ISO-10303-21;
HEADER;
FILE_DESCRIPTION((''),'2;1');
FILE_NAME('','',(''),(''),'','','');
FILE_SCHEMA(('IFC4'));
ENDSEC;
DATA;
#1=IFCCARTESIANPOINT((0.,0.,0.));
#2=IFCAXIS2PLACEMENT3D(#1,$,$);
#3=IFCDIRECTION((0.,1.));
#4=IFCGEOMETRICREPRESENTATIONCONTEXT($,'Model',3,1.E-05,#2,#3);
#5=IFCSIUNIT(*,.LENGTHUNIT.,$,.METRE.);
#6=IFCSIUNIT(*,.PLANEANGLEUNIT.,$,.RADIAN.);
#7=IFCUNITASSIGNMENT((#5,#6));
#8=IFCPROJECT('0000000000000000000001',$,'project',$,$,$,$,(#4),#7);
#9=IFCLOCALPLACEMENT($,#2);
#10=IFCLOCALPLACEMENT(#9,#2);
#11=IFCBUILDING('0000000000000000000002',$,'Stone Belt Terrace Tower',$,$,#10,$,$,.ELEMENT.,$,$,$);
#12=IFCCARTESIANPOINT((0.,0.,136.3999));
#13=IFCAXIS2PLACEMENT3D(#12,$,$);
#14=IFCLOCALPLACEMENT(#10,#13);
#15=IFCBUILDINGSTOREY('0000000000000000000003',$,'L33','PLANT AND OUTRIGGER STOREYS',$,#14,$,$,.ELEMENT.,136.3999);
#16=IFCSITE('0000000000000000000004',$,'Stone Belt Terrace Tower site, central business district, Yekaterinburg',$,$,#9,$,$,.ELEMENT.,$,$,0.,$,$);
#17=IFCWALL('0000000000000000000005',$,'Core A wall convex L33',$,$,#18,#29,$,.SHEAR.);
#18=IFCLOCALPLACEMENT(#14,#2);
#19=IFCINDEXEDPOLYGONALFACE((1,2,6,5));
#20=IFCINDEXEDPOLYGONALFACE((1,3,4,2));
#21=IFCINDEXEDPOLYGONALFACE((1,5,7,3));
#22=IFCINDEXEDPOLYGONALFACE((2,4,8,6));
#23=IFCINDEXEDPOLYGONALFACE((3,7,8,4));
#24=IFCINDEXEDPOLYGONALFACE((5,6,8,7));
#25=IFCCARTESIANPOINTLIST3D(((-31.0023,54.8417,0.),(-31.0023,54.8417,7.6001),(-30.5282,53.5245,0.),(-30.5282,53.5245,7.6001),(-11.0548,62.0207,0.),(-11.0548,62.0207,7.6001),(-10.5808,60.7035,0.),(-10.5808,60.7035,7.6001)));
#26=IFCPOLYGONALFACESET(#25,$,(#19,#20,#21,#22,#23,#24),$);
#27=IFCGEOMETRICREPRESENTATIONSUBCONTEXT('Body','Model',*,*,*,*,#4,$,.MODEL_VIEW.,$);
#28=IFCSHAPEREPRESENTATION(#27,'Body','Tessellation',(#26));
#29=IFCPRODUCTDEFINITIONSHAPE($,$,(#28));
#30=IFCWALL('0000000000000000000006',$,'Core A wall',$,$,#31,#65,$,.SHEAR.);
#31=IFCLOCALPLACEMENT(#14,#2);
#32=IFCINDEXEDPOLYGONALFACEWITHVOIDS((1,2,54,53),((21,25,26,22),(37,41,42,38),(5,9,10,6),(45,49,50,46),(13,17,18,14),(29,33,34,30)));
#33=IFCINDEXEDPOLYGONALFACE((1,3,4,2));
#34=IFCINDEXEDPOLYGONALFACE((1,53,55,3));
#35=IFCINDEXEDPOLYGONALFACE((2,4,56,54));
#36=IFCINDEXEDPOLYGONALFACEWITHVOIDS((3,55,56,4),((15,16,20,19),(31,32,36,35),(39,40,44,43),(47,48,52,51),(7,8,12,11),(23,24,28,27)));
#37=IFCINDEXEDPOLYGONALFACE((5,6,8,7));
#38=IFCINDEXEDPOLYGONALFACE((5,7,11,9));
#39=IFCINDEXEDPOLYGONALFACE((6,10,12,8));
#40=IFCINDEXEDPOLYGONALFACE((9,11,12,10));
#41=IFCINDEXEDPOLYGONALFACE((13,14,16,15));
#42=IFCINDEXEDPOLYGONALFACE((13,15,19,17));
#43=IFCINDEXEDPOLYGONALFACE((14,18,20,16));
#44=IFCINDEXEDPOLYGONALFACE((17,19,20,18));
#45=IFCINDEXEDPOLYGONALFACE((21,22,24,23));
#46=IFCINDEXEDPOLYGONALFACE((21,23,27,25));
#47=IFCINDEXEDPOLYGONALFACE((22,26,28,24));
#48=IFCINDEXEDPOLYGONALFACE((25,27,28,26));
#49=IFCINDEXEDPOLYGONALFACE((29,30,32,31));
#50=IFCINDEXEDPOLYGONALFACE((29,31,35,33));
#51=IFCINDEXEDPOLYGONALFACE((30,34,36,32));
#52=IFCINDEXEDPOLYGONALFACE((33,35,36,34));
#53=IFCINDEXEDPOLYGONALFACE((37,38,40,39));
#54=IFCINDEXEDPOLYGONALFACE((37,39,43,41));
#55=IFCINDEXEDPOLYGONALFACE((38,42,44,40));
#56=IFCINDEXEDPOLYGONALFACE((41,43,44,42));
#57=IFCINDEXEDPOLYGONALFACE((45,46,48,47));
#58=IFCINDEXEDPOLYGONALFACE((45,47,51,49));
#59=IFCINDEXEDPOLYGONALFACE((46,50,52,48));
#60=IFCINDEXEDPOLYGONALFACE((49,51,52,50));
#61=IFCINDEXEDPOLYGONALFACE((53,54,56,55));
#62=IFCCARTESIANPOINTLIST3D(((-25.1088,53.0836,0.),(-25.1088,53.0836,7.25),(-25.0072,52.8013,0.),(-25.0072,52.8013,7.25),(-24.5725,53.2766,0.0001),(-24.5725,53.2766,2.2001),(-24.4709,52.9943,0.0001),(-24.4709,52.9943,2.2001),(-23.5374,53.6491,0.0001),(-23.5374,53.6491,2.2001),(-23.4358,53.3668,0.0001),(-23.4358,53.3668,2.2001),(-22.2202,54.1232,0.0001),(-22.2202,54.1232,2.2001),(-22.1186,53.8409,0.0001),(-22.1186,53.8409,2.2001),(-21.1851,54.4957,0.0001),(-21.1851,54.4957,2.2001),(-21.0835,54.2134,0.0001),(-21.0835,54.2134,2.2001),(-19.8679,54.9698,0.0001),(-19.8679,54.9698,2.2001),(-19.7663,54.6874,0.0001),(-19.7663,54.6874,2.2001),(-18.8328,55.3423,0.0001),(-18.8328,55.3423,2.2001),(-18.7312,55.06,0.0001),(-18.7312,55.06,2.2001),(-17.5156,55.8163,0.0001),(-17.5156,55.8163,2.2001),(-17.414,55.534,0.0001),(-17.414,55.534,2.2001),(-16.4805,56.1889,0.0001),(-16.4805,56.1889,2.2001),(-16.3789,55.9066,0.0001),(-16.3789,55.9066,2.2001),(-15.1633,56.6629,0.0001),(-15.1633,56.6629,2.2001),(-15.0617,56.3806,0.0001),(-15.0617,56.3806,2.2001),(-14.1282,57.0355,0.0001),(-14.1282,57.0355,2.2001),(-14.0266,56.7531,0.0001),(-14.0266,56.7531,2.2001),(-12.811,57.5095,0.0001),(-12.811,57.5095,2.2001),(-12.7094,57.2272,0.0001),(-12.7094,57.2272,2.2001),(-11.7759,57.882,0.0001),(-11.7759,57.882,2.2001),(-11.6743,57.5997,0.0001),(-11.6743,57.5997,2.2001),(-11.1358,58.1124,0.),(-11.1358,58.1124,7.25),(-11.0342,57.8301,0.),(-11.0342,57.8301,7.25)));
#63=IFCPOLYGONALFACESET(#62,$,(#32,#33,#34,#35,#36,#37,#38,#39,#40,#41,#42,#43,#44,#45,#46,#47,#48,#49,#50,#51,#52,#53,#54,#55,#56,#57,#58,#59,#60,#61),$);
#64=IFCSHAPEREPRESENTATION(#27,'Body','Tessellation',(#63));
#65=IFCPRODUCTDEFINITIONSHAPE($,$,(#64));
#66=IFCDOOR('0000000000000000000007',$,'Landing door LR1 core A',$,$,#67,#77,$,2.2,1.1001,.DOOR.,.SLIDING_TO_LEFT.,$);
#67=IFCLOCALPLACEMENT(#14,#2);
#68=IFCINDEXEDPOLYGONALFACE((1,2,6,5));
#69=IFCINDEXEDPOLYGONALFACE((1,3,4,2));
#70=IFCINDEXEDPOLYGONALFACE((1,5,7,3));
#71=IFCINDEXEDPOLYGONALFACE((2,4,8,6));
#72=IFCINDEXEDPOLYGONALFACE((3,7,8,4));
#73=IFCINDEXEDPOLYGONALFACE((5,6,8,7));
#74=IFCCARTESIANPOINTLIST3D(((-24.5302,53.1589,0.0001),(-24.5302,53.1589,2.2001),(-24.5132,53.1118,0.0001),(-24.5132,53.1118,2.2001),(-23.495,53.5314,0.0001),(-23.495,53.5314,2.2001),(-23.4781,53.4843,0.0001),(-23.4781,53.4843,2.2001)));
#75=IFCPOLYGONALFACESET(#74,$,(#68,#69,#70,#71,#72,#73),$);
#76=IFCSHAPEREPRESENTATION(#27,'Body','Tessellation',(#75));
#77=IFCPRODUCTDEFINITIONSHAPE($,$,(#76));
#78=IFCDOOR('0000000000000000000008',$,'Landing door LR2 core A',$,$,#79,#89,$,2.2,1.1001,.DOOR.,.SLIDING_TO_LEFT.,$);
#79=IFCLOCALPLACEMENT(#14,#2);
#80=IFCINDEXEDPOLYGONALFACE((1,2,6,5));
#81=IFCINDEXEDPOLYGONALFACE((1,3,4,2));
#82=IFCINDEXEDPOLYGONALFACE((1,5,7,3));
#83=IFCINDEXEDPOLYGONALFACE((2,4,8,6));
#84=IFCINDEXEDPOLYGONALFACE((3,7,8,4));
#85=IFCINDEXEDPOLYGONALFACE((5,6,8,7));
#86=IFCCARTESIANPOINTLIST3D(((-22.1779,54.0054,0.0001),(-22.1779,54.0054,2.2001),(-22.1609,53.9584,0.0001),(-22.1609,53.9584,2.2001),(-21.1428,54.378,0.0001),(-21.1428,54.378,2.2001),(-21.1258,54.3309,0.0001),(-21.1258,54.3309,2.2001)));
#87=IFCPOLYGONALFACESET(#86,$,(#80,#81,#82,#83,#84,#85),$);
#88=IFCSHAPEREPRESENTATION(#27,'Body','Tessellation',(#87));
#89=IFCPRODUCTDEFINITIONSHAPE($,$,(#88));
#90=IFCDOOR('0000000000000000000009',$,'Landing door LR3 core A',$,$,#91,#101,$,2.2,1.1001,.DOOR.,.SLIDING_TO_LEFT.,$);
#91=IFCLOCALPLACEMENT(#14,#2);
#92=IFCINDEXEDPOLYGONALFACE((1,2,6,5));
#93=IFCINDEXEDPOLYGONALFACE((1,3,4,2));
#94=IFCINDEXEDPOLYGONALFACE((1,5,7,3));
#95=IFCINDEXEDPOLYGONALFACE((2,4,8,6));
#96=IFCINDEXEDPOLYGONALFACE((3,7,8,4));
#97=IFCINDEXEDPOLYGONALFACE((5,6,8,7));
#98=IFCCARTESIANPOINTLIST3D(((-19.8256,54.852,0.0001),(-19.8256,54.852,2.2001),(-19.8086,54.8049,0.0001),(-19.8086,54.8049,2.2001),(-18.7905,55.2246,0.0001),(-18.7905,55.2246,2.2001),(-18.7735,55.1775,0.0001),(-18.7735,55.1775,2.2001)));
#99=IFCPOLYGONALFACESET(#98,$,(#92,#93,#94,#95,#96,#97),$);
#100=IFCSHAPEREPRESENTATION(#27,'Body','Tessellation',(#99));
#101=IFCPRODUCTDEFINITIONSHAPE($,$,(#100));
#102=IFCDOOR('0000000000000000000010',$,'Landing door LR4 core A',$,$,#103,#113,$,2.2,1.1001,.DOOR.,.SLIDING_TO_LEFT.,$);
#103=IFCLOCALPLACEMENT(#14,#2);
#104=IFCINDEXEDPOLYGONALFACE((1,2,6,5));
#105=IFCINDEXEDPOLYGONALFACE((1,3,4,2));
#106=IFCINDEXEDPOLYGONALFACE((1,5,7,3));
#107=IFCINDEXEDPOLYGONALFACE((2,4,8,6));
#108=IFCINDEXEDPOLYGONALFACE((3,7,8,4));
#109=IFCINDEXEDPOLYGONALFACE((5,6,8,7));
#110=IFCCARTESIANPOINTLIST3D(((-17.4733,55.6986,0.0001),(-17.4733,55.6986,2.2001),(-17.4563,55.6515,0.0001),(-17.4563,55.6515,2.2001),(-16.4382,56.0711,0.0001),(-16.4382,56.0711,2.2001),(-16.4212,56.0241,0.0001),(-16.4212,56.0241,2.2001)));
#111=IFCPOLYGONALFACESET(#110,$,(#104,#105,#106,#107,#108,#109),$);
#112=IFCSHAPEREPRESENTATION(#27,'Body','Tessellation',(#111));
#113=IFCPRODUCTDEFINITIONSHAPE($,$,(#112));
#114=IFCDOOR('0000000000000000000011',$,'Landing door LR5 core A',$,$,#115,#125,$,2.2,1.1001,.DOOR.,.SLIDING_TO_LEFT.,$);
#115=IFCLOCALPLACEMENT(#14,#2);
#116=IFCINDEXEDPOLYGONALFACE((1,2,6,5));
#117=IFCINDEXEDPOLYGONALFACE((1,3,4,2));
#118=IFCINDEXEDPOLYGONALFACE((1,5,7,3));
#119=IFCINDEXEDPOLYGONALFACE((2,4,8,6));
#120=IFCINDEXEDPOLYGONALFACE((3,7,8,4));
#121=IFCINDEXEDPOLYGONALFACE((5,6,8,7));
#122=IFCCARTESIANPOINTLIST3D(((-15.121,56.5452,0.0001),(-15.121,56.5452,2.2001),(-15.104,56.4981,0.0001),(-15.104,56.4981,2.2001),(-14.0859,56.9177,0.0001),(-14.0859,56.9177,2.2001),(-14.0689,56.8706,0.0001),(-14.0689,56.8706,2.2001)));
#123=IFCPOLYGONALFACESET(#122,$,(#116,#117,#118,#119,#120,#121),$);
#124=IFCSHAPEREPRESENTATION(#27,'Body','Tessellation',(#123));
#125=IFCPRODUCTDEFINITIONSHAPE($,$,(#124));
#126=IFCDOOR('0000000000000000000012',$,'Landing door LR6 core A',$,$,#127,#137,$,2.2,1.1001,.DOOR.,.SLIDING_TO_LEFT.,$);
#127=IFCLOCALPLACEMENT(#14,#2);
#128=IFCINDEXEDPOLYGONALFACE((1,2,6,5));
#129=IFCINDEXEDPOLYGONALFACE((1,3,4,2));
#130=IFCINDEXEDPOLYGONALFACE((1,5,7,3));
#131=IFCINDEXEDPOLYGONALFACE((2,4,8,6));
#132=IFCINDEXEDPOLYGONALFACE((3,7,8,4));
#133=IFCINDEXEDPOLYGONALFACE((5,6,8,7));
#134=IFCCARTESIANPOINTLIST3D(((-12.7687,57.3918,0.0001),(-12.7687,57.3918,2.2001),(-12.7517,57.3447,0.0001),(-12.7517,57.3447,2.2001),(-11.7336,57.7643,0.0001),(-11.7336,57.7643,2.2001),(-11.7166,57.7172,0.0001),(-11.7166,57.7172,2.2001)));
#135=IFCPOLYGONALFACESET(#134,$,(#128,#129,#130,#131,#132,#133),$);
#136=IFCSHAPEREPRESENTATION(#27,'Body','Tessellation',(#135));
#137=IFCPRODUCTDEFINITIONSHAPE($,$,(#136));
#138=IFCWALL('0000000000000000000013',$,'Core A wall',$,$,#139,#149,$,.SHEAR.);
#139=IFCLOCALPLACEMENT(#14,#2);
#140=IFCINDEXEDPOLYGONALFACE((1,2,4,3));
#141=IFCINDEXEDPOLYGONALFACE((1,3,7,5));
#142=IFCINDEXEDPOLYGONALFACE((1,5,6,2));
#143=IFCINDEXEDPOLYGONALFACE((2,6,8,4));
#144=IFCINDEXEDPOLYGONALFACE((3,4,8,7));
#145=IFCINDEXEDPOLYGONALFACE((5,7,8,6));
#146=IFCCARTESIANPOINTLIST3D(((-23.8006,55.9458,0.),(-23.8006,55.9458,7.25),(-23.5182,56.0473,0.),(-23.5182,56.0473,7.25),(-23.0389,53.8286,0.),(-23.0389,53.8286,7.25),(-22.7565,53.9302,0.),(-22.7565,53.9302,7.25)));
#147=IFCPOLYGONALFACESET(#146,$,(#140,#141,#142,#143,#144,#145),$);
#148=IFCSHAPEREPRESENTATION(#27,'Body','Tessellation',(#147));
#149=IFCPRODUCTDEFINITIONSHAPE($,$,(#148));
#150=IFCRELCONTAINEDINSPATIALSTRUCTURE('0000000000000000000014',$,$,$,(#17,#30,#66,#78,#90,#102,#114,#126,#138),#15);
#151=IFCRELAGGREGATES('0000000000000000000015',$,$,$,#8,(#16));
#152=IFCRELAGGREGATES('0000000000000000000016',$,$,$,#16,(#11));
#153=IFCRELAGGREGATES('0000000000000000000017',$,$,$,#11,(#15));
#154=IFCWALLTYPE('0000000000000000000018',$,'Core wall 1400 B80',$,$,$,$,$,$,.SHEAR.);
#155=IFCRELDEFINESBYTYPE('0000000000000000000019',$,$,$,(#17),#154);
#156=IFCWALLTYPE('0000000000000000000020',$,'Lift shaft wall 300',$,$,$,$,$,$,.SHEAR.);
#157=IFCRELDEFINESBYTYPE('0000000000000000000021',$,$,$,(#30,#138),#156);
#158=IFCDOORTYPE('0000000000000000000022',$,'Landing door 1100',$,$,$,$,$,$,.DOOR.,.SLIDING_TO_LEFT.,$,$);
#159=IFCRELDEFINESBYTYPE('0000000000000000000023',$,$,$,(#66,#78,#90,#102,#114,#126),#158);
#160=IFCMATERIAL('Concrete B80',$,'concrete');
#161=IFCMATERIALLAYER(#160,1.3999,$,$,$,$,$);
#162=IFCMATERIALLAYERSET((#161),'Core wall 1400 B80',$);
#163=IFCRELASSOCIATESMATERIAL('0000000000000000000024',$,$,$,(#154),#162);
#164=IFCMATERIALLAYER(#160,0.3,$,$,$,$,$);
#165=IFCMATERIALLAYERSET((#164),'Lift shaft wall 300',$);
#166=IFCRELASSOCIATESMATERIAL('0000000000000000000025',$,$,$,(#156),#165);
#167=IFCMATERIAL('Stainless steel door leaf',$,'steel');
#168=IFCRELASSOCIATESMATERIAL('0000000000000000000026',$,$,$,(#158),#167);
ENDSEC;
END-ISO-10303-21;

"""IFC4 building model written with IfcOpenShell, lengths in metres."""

from ifc_helpers import new_model, si_unit, direction, frame, frame_2d, origin, place, context, subcontext, project, spatial, rectangle, extrude, material, layer, layer_set, type_object, element, fill, save


model = new_model("IFC4")

# Units and contexts
model_context = context("Model", 3, precision=1e-05, world=origin(), true_north=direction((0.0, 1.0)))
body_context = subcontext(model_context, "Body", "Model", "MODEL_VIEW")
ifc_project = project(units=[si_unit("LENGTHUNIT", "METRE"), si_unit("PLANEANGLEUNIT", "RADIAN")], contexts=[model_context])

# Site, building, storey
site_placement = place(None, origin())
site = spatial("IfcSite", under=ifc_project, at=site_placement, Name="Stone Belt Terrace Tower site, central business district, Yekaterinburg", CompositionType="ELEMENT", RefElevation=0.0)
building_placement = place(site_placement, origin())
building = spatial("IfcBuilding", under=site, at=building_placement, Name="Stone Belt Terrace Tower", CompositionType="ELEMENT")
storey_placement = place(building_placement, frame((0.0, 0.0, 136.3999)))
storey = spatial("IfcBuildingStorey", under=building, at=storey_placement, Name="L33", Description="PLANT AND OUTRIGGER STOREYS", CompositionType="ELEMENT", Elevation=136.3999)

# Shared definitions
ifc_material_1 = material(Name="Concrete B80", Category="concrete")

# Wall
ifc_layer_1 = layer(ifc_material_1, 1.3999)
ifc_layer_set_1 = layer_set([ifc_layer_1], Name="Core wall 1400 B80")
wall_type_1 = type_object("IfcWallType", Name="Core wall 1400 B80", PredefinedType="SHEAR", material=ifc_layer_set_1)
wall_1_placement = place(storey_placement, frame((-30.7654, 54.1831, 0.0), z_axis=(0.0, 0.0, 1.0), x_axis=(0.94092, 0.33863, 0.0)))
element("IfcWall", 1, at=wall_1_placement, inside=storey, type_object=wall_type_1, Name="Core A wall convex L33", PredefinedType="SHEAR", context=body_context, shape_type="SweptSolid", body=[
    extrude(rectangle(XDim=21.2, YDim=1.3999, at=frame_2d((10.6001, 0.0))), origin(), (0.0, 0.0, 1.0), 7.6001),
])

# Wall, openings, doors
ifc_layer_2 = layer(ifc_material_1, 0.3)
ifc_layer_set_2 = layer_set([ifc_layer_2], Name="Lift shaft wall 300")
wall_type_2 = type_object("IfcWallType", Name="Lift shaft wall 300", PredefinedType="SHEAR", material=ifc_layer_set_2)
wall_2_placement = place(storey_placement, frame((-25.0581, 52.9424, 0.0), z_axis=(0.0, 0.0, 1.0), x_axis=(0.940918, 0.338634, 0.0)))
wall_2 = element("IfcWall", 2, at=wall_2_placement, inside=storey, type_object=wall_type_2, Name="Core A wall", PredefinedType="SHEAR", context=body_context, shape_type="SweptSolid", body=[
    extrude(rectangle(XDim=14.8503, YDim=0.3, at=frame_2d((7.4253, 0.0))), origin(), (0.0, 0.0, 1.0), 7.25),
])
opening_1_placement = place(wall_2_placement, frame((0.5701, 0.0, 0.0)))
opening_1 = element("IfcOpeningElement", 3, at=opening_1_placement, cuts=wall_2, PredefinedType="OPENING", context=body_context, shape_type="SweptSolid", body=[
    extrude(rectangle(XDim=1.1001, YDim=2.2, at=frame_2d((0.55, 1.1001))), frame((0.0, 0.1599, 0.0), z_axis=(0.0, -1.0, 0.0), x_axis=(1.0, 0.0, 0.0)), (0.0, 0.0, 1.0), 0.3201),
])
opening_2_placement = place(wall_2_placement, frame((3.0701, 0.0, 0.0)))
opening_2 = element("IfcOpeningElement", 4, at=opening_2_placement, cuts=wall_2, PredefinedType="OPENING", context=body_context, shape_type="SweptSolid", body=[
    extrude(rectangle(XDim=1.1001, YDim=2.2, at=frame_2d((0.55, 1.1001))), frame((0.0, 0.1599, 0.0), z_axis=(0.0, -1.0, 0.0), x_axis=(1.0, 0.0, 0.0)), (0.0, 0.0, 1.0), 0.3201),
])
opening_3_placement = place(wall_2_placement, frame((5.5701, 0.0, 0.0)))
opening_3 = element("IfcOpeningElement", 5, at=opening_3_placement, cuts=wall_2, PredefinedType="OPENING", context=body_context, shape_type="SweptSolid", body=[
    extrude(rectangle(XDim=1.1001, YDim=2.2, at=frame_2d((0.55, 1.1001))), frame((0.0, 0.1599, 0.0), z_axis=(0.0, -1.0, 0.0), x_axis=(1.0, 0.0, 0.0)), (0.0, 0.0, 1.0), 0.3201),
])
opening_4_placement = place(wall_2_placement, frame((8.0701, 0.0, 0.0)))
opening_4 = element("IfcOpeningElement", 6, at=opening_4_placement, cuts=wall_2, PredefinedType="OPENING", context=body_context, shape_type="SweptSolid", body=[
    extrude(rectangle(XDim=1.1001, YDim=2.2, at=frame_2d((0.55, 1.1001))), frame((0.0, 0.1599, 0.0), z_axis=(0.0, -1.0, 0.0), x_axis=(1.0, 0.0, 0.0)), (0.0, 0.0, 1.0), 0.3201),
])
opening_5_placement = place(wall_2_placement, frame((10.5701, 0.0, 0.0)))
opening_5 = element("IfcOpeningElement", 7, at=opening_5_placement, cuts=wall_2, PredefinedType="OPENING", context=body_context, shape_type="SweptSolid", body=[
    extrude(rectangle(XDim=1.1001, YDim=2.2, at=frame_2d((0.55, 1.1001))), frame((0.0, 0.1599, 0.0), z_axis=(0.0, -1.0, 0.0), x_axis=(1.0, 0.0, 0.0)), (0.0, 0.0, 1.0), 0.3201),
])
opening_6_placement = place(wall_2_placement, frame((13.0701, 0.0, 0.0)))
opening_6 = element("IfcOpeningElement", 8, at=opening_6_placement, cuts=wall_2, PredefinedType="OPENING", context=body_context, shape_type="SweptSolid", body=[
    extrude(rectangle(XDim=1.1001, YDim=2.2, at=frame_2d((0.55, 1.1001))), frame((0.0, 0.1599, 0.0), z_axis=(0.0, -1.0, 0.0), x_axis=(1.0, 0.0, 0.0)), (0.0, 0.0, 1.0), 0.3201),
])
ifc_material_2 = material(Name="Stainless steel door leaf", Category="steel")
door_type_1 = type_object("IfcDoorType", Name="Landing door 1100", OperationType="SLIDING_TO_LEFT", PredefinedType="DOOR", material=ifc_material_2)
door_1_placement = place(opening_1_placement, origin())
door_1 = element("IfcDoor", 9, at=door_1_placement, inside=storey, type_object=door_type_1, Name="Landing door LR1 core A", OperationType="SLIDING_TO_LEFT", OverallHeight=2.2, OverallWidth=1.1001, PredefinedType="DOOR", context=body_context, shape_type="SweptSolid", body=[
    extrude(rectangle(XDim=1.1001, YDim=2.2, at=frame_2d((0.55, 1.1001))), frame((0.0, 0.0249, 0.0), z_axis=(0.0, -1.0, 0.0), x_axis=(1.0, 0.0, 0.0)), (0.0, 0.0, 1.0), 0.05),
])
fill(opening_1, door_1)
door_2_placement = place(opening_2_placement, origin())
door_2 = element("IfcDoor", 10, at=door_2_placement, inside=storey, type_object=door_type_1, Name="Landing door LR2 core A", OperationType="SLIDING_TO_LEFT", OverallHeight=2.2, OverallWidth=1.1001, PredefinedType="DOOR", context=body_context, shape_type="SweptSolid", body=[
    extrude(rectangle(XDim=1.1001, YDim=2.2, at=frame_2d((0.55, 1.1001))), frame((0.0, 0.0249, 0.0), z_axis=(0.0, -1.0, 0.0), x_axis=(1.0, 0.0, 0.0)), (0.0, 0.0, 1.0), 0.05),
])
fill(opening_2, door_2)
door_3_placement = place(opening_3_placement, origin())
door_3 = element("IfcDoor", 11, at=door_3_placement, inside=storey, type_object=door_type_1, Name="Landing door LR3 core A", OperationType="SLIDING_TO_LEFT", OverallHeight=2.2, OverallWidth=1.1001, PredefinedType="DOOR", context=body_context, shape_type="SweptSolid", body=[
    extrude(rectangle(XDim=1.1001, YDim=2.2, at=frame_2d((0.55, 1.1001))), frame((0.0, 0.0249, 0.0), z_axis=(0.0, -1.0, 0.0), x_axis=(1.0, 0.0, 0.0)), (0.0, 0.0, 1.0), 0.05),
])
fill(opening_3, door_3)
door_4_placement = place(opening_4_placement, origin())
door_4 = element("IfcDoor", 12, at=door_4_placement, inside=storey, type_object=door_type_1, Name="Landing door LR4 core A", OperationType="SLIDING_TO_LEFT", OverallHeight=2.2, OverallWidth=1.1001, PredefinedType="DOOR", context=body_context, shape_type="SweptSolid", body=[
    extrude(rectangle(XDim=1.1001, YDim=2.2, at=frame_2d((0.55, 1.1001))), frame((0.0, 0.0249, 0.0), z_axis=(0.0, -1.0, 0.0), x_axis=(1.0, 0.0, 0.0)), (0.0, 0.0, 1.0), 0.05),
])
fill(opening_4, door_4)
door_5_placement = place(opening_5_placement, origin())
door_5 = element("IfcDoor", 13, at=door_5_placement, inside=storey, type_object=door_type_1, Name="Landing door LR5 core A", OperationType="SLIDING_TO_LEFT", OverallHeight=2.2, OverallWidth=1.1001, PredefinedType="DOOR", context=body_context, shape_type="SweptSolid", body=[
    extrude(rectangle(XDim=1.1001, YDim=2.2, at=frame_2d((0.55, 1.1001))), frame((0.0, 0.0249, 0.0), z_axis=(0.0, -1.0, 0.0), x_axis=(1.0, 0.0, 0.0)), (0.0, 0.0, 1.0), 0.05),
])
fill(opening_5, door_5)
door_6_placement = place(opening_6_placement, origin())
door_6 = element("IfcDoor", 14, at=door_6_placement, inside=storey, type_object=door_type_1, Name="Landing door LR6 core A", OperationType="SLIDING_TO_LEFT", OverallHeight=2.2, OverallWidth=1.1001, PredefinedType="DOOR", context=body_context, shape_type="SweptSolid", body=[
    extrude(rectangle(XDim=1.1001, YDim=2.2, at=frame_2d((0.55, 1.1001))), frame((0.0, 0.0249, 0.0), z_axis=(0.0, -1.0, 0.0), x_axis=(1.0, 0.0, 0.0)), (0.0, 0.0, 1.0), 0.05),
])
fill(opening_6, door_6)

# Wall
wall_3_placement = place(storey_placement, frame((-22.8977, 53.8794, 0.0), z_axis=(0.0, 0.0, 1.0), x_axis=(-0.338535, 0.940954, 0.0)))
element("IfcWall", 15, at=wall_3_placement, inside=storey, type_object=wall_type_2, Name="Core A wall", PredefinedType="SHEAR", context=body_context, shape_type="SweptSolid", body=[
    extrude(rectangle(XDim=2.25, YDim=0.3, at=frame_2d((1.125, 0.0))), origin(), (0.0, 0.0, 1.0), 7.25),
])

save(model, "model.ifc")
